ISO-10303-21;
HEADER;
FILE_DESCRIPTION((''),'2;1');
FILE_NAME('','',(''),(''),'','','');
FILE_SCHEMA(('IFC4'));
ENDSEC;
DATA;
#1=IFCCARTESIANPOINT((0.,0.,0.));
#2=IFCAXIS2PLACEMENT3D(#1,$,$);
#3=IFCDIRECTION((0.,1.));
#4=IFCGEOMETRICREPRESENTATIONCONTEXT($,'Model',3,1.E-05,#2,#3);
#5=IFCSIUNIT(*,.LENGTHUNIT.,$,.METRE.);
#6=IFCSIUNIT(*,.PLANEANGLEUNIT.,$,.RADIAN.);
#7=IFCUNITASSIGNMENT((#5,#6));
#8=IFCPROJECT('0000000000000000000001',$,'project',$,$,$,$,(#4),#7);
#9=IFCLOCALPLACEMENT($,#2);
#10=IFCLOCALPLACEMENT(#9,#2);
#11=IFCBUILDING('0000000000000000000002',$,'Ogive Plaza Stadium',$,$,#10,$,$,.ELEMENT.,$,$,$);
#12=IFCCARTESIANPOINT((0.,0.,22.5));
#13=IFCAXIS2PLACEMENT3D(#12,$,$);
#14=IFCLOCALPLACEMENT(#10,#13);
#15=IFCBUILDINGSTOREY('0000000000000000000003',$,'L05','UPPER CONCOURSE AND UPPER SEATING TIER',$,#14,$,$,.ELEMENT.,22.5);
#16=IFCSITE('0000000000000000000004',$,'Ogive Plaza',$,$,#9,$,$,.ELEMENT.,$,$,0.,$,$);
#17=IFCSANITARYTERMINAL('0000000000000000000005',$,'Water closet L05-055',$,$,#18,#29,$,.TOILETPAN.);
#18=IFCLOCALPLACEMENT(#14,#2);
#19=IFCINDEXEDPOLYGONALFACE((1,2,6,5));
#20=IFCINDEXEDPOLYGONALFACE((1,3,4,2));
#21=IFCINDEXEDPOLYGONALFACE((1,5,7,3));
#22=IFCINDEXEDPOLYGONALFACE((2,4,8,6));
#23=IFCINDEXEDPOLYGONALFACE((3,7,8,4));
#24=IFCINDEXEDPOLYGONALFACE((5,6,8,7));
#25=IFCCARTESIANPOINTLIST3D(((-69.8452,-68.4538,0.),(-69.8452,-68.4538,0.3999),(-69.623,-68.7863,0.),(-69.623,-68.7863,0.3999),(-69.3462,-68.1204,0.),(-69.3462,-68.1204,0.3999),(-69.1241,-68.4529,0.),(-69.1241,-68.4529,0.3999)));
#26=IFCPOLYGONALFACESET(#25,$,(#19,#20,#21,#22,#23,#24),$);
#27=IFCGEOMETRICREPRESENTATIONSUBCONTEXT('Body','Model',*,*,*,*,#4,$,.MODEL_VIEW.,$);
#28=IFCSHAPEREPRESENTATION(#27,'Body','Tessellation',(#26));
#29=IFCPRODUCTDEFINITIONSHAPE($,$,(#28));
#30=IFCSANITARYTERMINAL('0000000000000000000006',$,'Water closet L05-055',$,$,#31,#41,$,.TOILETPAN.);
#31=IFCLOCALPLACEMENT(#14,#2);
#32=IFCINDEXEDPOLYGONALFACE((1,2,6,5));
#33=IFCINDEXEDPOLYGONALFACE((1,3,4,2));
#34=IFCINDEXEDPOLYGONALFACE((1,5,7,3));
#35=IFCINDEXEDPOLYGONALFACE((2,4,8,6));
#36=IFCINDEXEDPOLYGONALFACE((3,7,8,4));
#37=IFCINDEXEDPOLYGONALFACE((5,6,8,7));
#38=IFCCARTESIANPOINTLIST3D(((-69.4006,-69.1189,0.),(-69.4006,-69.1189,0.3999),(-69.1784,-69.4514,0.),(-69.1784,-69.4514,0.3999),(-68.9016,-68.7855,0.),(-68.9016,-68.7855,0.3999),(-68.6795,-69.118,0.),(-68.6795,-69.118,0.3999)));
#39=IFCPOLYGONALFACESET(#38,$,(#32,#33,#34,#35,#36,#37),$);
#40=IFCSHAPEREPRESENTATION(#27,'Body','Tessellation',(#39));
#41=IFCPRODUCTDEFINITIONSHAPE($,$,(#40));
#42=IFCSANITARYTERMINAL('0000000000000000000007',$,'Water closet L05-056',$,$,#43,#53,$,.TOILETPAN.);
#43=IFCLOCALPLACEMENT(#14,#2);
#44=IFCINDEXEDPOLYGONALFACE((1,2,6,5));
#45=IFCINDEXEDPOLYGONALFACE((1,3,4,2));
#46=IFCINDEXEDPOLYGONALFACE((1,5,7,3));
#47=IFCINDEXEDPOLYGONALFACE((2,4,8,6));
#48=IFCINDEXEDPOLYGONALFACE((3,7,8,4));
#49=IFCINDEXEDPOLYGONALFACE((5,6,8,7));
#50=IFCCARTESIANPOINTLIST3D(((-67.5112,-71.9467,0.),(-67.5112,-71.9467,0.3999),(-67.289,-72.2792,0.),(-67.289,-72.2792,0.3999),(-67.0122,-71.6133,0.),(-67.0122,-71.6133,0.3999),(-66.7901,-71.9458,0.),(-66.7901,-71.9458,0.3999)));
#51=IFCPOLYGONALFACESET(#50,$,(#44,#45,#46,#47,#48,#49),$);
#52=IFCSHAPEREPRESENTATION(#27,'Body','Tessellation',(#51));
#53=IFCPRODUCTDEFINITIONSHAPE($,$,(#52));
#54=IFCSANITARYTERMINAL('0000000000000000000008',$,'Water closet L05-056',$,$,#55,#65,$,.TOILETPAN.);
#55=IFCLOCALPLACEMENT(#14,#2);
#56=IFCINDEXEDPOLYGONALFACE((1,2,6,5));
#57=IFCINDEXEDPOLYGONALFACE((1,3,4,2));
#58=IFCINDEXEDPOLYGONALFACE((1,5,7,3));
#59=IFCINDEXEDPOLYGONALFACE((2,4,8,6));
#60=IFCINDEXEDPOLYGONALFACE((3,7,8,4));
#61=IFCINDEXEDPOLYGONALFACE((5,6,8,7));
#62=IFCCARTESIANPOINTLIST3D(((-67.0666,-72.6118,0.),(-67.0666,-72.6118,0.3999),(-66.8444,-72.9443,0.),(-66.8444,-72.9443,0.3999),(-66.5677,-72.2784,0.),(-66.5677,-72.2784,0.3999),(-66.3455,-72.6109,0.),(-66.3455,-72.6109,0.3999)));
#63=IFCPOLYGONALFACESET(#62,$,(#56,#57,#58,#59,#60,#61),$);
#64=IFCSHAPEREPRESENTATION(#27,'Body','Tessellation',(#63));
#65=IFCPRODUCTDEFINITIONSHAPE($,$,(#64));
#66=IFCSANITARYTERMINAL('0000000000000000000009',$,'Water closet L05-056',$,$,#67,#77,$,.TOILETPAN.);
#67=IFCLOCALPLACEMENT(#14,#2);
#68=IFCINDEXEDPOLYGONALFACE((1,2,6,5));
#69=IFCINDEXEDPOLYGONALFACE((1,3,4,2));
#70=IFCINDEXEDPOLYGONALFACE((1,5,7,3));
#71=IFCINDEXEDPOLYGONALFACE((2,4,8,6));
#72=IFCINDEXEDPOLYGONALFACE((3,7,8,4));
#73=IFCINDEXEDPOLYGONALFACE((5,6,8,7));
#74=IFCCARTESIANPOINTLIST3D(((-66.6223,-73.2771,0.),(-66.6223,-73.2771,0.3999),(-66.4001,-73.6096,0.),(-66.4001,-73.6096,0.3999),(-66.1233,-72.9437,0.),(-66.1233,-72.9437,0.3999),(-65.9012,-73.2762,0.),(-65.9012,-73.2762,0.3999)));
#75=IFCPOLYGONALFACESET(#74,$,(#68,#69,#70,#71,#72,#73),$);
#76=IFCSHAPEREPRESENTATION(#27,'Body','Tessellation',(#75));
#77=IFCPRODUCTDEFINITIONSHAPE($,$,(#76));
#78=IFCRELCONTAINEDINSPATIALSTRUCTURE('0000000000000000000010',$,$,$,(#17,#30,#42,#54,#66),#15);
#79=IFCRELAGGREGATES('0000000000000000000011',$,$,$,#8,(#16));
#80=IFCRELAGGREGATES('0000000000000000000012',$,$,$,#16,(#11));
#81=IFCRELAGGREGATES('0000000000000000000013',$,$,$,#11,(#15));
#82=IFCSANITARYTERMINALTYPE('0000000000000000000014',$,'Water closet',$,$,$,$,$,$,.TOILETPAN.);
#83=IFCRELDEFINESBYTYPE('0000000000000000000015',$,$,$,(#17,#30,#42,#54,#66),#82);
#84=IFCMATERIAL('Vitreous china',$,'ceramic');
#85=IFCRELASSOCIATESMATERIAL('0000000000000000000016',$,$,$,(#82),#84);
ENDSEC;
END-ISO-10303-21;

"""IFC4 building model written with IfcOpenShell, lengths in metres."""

from ifc_helpers import new_model, si_unit, direction, frame, origin, origin_2d, place, context, subcontext, project, spatial, rectangle, extrude, material, type_object, element, save


model = new_model("IFC4")

# Units and contexts
model_context = context("Model", 3, precision=1e-05, world=origin(), true_north=direction((0.0, 1.0)))
body_context = subcontext(model_context, "Body", "Model", "MODEL_VIEW")
ifc_project = project(units=[si_unit("LENGTHUNIT", "METRE"), si_unit("PLANEANGLEUNIT", "RADIAN")], contexts=[model_context])

# Site, building, storey
site_placement = place(None, origin())
site = spatial("IfcSite", under=ifc_project, at=site_placement, Name="Ogive Plaza", CompositionType="ELEMENT", RefElevation=0.0)
building_placement = place(site_placement, origin())
building = spatial("IfcBuilding", under=site, at=building_placement, Name="Ogive Plaza Stadium", CompositionType="ELEMENT")
storey_placement = place(building_placement, frame((0.0, 0.0, 22.5)))
storey = spatial("IfcBuildingStorey", under=building, at=storey_placement, Name="L05", Description="UPPER CONCOURSE AND UPPER SEATING TIER", CompositionType="ELEMENT", Elevation=22.5)

# Sanitary terminals
ifc_material_1 = material(Name="Vitreous china", Category="ceramic")
sanitary_terminal_type_1 = type_object("IfcSanitaryTerminalType", Name="Water closet", PredefinedType="TOILETPAN", material=ifc_material_1)
for number, where, z_axis, x_axis, name in (
    (1, (-69.4846, -68.4534, 0.0), (0.0, 0.0, 1.0), (0.55557, -0.83147, 0.0), "Water closet L05-055"),
    (2, (-69.04, -69.1184, 0.0), (0.0, 0.0, 1.0), (0.55557, -0.83147, 0.0), "Water closet L05-055"),
    (3, (-67.1506, -71.9463, 0.0), (0.0, 0.0, 1.0), (0.55557, -0.83147, 0.0), "Water closet L05-056"),
    (4, (-66.7061, -72.6113, 0.0), (0.0, 0.0, 1.0), (0.55557, -0.83147, 0.0), "Water closet L05-056"),
    (5, (-66.2617, -73.2766, 0.0), (0.0, 0.0, 1.0), (0.55557, -0.83147, 0.0), "Water closet L05-056"),
):
    element("IfcSanitaryTerminal", number, at=place(storey_placement, frame(where, z_axis=z_axis, x_axis=x_axis)), inside=storey, type_object=sanitary_terminal_type_1, Name=name, PredefinedType="TOILETPAN", context=body_context, shape_type="SweptSolid", body=[
        extrude(rectangle(XDim=0.3999, YDim=0.6001, at=origin_2d()), origin(), (0.0, 0.0, 1.0), 0.3999),
    ])

save(model, "model.ifc")
